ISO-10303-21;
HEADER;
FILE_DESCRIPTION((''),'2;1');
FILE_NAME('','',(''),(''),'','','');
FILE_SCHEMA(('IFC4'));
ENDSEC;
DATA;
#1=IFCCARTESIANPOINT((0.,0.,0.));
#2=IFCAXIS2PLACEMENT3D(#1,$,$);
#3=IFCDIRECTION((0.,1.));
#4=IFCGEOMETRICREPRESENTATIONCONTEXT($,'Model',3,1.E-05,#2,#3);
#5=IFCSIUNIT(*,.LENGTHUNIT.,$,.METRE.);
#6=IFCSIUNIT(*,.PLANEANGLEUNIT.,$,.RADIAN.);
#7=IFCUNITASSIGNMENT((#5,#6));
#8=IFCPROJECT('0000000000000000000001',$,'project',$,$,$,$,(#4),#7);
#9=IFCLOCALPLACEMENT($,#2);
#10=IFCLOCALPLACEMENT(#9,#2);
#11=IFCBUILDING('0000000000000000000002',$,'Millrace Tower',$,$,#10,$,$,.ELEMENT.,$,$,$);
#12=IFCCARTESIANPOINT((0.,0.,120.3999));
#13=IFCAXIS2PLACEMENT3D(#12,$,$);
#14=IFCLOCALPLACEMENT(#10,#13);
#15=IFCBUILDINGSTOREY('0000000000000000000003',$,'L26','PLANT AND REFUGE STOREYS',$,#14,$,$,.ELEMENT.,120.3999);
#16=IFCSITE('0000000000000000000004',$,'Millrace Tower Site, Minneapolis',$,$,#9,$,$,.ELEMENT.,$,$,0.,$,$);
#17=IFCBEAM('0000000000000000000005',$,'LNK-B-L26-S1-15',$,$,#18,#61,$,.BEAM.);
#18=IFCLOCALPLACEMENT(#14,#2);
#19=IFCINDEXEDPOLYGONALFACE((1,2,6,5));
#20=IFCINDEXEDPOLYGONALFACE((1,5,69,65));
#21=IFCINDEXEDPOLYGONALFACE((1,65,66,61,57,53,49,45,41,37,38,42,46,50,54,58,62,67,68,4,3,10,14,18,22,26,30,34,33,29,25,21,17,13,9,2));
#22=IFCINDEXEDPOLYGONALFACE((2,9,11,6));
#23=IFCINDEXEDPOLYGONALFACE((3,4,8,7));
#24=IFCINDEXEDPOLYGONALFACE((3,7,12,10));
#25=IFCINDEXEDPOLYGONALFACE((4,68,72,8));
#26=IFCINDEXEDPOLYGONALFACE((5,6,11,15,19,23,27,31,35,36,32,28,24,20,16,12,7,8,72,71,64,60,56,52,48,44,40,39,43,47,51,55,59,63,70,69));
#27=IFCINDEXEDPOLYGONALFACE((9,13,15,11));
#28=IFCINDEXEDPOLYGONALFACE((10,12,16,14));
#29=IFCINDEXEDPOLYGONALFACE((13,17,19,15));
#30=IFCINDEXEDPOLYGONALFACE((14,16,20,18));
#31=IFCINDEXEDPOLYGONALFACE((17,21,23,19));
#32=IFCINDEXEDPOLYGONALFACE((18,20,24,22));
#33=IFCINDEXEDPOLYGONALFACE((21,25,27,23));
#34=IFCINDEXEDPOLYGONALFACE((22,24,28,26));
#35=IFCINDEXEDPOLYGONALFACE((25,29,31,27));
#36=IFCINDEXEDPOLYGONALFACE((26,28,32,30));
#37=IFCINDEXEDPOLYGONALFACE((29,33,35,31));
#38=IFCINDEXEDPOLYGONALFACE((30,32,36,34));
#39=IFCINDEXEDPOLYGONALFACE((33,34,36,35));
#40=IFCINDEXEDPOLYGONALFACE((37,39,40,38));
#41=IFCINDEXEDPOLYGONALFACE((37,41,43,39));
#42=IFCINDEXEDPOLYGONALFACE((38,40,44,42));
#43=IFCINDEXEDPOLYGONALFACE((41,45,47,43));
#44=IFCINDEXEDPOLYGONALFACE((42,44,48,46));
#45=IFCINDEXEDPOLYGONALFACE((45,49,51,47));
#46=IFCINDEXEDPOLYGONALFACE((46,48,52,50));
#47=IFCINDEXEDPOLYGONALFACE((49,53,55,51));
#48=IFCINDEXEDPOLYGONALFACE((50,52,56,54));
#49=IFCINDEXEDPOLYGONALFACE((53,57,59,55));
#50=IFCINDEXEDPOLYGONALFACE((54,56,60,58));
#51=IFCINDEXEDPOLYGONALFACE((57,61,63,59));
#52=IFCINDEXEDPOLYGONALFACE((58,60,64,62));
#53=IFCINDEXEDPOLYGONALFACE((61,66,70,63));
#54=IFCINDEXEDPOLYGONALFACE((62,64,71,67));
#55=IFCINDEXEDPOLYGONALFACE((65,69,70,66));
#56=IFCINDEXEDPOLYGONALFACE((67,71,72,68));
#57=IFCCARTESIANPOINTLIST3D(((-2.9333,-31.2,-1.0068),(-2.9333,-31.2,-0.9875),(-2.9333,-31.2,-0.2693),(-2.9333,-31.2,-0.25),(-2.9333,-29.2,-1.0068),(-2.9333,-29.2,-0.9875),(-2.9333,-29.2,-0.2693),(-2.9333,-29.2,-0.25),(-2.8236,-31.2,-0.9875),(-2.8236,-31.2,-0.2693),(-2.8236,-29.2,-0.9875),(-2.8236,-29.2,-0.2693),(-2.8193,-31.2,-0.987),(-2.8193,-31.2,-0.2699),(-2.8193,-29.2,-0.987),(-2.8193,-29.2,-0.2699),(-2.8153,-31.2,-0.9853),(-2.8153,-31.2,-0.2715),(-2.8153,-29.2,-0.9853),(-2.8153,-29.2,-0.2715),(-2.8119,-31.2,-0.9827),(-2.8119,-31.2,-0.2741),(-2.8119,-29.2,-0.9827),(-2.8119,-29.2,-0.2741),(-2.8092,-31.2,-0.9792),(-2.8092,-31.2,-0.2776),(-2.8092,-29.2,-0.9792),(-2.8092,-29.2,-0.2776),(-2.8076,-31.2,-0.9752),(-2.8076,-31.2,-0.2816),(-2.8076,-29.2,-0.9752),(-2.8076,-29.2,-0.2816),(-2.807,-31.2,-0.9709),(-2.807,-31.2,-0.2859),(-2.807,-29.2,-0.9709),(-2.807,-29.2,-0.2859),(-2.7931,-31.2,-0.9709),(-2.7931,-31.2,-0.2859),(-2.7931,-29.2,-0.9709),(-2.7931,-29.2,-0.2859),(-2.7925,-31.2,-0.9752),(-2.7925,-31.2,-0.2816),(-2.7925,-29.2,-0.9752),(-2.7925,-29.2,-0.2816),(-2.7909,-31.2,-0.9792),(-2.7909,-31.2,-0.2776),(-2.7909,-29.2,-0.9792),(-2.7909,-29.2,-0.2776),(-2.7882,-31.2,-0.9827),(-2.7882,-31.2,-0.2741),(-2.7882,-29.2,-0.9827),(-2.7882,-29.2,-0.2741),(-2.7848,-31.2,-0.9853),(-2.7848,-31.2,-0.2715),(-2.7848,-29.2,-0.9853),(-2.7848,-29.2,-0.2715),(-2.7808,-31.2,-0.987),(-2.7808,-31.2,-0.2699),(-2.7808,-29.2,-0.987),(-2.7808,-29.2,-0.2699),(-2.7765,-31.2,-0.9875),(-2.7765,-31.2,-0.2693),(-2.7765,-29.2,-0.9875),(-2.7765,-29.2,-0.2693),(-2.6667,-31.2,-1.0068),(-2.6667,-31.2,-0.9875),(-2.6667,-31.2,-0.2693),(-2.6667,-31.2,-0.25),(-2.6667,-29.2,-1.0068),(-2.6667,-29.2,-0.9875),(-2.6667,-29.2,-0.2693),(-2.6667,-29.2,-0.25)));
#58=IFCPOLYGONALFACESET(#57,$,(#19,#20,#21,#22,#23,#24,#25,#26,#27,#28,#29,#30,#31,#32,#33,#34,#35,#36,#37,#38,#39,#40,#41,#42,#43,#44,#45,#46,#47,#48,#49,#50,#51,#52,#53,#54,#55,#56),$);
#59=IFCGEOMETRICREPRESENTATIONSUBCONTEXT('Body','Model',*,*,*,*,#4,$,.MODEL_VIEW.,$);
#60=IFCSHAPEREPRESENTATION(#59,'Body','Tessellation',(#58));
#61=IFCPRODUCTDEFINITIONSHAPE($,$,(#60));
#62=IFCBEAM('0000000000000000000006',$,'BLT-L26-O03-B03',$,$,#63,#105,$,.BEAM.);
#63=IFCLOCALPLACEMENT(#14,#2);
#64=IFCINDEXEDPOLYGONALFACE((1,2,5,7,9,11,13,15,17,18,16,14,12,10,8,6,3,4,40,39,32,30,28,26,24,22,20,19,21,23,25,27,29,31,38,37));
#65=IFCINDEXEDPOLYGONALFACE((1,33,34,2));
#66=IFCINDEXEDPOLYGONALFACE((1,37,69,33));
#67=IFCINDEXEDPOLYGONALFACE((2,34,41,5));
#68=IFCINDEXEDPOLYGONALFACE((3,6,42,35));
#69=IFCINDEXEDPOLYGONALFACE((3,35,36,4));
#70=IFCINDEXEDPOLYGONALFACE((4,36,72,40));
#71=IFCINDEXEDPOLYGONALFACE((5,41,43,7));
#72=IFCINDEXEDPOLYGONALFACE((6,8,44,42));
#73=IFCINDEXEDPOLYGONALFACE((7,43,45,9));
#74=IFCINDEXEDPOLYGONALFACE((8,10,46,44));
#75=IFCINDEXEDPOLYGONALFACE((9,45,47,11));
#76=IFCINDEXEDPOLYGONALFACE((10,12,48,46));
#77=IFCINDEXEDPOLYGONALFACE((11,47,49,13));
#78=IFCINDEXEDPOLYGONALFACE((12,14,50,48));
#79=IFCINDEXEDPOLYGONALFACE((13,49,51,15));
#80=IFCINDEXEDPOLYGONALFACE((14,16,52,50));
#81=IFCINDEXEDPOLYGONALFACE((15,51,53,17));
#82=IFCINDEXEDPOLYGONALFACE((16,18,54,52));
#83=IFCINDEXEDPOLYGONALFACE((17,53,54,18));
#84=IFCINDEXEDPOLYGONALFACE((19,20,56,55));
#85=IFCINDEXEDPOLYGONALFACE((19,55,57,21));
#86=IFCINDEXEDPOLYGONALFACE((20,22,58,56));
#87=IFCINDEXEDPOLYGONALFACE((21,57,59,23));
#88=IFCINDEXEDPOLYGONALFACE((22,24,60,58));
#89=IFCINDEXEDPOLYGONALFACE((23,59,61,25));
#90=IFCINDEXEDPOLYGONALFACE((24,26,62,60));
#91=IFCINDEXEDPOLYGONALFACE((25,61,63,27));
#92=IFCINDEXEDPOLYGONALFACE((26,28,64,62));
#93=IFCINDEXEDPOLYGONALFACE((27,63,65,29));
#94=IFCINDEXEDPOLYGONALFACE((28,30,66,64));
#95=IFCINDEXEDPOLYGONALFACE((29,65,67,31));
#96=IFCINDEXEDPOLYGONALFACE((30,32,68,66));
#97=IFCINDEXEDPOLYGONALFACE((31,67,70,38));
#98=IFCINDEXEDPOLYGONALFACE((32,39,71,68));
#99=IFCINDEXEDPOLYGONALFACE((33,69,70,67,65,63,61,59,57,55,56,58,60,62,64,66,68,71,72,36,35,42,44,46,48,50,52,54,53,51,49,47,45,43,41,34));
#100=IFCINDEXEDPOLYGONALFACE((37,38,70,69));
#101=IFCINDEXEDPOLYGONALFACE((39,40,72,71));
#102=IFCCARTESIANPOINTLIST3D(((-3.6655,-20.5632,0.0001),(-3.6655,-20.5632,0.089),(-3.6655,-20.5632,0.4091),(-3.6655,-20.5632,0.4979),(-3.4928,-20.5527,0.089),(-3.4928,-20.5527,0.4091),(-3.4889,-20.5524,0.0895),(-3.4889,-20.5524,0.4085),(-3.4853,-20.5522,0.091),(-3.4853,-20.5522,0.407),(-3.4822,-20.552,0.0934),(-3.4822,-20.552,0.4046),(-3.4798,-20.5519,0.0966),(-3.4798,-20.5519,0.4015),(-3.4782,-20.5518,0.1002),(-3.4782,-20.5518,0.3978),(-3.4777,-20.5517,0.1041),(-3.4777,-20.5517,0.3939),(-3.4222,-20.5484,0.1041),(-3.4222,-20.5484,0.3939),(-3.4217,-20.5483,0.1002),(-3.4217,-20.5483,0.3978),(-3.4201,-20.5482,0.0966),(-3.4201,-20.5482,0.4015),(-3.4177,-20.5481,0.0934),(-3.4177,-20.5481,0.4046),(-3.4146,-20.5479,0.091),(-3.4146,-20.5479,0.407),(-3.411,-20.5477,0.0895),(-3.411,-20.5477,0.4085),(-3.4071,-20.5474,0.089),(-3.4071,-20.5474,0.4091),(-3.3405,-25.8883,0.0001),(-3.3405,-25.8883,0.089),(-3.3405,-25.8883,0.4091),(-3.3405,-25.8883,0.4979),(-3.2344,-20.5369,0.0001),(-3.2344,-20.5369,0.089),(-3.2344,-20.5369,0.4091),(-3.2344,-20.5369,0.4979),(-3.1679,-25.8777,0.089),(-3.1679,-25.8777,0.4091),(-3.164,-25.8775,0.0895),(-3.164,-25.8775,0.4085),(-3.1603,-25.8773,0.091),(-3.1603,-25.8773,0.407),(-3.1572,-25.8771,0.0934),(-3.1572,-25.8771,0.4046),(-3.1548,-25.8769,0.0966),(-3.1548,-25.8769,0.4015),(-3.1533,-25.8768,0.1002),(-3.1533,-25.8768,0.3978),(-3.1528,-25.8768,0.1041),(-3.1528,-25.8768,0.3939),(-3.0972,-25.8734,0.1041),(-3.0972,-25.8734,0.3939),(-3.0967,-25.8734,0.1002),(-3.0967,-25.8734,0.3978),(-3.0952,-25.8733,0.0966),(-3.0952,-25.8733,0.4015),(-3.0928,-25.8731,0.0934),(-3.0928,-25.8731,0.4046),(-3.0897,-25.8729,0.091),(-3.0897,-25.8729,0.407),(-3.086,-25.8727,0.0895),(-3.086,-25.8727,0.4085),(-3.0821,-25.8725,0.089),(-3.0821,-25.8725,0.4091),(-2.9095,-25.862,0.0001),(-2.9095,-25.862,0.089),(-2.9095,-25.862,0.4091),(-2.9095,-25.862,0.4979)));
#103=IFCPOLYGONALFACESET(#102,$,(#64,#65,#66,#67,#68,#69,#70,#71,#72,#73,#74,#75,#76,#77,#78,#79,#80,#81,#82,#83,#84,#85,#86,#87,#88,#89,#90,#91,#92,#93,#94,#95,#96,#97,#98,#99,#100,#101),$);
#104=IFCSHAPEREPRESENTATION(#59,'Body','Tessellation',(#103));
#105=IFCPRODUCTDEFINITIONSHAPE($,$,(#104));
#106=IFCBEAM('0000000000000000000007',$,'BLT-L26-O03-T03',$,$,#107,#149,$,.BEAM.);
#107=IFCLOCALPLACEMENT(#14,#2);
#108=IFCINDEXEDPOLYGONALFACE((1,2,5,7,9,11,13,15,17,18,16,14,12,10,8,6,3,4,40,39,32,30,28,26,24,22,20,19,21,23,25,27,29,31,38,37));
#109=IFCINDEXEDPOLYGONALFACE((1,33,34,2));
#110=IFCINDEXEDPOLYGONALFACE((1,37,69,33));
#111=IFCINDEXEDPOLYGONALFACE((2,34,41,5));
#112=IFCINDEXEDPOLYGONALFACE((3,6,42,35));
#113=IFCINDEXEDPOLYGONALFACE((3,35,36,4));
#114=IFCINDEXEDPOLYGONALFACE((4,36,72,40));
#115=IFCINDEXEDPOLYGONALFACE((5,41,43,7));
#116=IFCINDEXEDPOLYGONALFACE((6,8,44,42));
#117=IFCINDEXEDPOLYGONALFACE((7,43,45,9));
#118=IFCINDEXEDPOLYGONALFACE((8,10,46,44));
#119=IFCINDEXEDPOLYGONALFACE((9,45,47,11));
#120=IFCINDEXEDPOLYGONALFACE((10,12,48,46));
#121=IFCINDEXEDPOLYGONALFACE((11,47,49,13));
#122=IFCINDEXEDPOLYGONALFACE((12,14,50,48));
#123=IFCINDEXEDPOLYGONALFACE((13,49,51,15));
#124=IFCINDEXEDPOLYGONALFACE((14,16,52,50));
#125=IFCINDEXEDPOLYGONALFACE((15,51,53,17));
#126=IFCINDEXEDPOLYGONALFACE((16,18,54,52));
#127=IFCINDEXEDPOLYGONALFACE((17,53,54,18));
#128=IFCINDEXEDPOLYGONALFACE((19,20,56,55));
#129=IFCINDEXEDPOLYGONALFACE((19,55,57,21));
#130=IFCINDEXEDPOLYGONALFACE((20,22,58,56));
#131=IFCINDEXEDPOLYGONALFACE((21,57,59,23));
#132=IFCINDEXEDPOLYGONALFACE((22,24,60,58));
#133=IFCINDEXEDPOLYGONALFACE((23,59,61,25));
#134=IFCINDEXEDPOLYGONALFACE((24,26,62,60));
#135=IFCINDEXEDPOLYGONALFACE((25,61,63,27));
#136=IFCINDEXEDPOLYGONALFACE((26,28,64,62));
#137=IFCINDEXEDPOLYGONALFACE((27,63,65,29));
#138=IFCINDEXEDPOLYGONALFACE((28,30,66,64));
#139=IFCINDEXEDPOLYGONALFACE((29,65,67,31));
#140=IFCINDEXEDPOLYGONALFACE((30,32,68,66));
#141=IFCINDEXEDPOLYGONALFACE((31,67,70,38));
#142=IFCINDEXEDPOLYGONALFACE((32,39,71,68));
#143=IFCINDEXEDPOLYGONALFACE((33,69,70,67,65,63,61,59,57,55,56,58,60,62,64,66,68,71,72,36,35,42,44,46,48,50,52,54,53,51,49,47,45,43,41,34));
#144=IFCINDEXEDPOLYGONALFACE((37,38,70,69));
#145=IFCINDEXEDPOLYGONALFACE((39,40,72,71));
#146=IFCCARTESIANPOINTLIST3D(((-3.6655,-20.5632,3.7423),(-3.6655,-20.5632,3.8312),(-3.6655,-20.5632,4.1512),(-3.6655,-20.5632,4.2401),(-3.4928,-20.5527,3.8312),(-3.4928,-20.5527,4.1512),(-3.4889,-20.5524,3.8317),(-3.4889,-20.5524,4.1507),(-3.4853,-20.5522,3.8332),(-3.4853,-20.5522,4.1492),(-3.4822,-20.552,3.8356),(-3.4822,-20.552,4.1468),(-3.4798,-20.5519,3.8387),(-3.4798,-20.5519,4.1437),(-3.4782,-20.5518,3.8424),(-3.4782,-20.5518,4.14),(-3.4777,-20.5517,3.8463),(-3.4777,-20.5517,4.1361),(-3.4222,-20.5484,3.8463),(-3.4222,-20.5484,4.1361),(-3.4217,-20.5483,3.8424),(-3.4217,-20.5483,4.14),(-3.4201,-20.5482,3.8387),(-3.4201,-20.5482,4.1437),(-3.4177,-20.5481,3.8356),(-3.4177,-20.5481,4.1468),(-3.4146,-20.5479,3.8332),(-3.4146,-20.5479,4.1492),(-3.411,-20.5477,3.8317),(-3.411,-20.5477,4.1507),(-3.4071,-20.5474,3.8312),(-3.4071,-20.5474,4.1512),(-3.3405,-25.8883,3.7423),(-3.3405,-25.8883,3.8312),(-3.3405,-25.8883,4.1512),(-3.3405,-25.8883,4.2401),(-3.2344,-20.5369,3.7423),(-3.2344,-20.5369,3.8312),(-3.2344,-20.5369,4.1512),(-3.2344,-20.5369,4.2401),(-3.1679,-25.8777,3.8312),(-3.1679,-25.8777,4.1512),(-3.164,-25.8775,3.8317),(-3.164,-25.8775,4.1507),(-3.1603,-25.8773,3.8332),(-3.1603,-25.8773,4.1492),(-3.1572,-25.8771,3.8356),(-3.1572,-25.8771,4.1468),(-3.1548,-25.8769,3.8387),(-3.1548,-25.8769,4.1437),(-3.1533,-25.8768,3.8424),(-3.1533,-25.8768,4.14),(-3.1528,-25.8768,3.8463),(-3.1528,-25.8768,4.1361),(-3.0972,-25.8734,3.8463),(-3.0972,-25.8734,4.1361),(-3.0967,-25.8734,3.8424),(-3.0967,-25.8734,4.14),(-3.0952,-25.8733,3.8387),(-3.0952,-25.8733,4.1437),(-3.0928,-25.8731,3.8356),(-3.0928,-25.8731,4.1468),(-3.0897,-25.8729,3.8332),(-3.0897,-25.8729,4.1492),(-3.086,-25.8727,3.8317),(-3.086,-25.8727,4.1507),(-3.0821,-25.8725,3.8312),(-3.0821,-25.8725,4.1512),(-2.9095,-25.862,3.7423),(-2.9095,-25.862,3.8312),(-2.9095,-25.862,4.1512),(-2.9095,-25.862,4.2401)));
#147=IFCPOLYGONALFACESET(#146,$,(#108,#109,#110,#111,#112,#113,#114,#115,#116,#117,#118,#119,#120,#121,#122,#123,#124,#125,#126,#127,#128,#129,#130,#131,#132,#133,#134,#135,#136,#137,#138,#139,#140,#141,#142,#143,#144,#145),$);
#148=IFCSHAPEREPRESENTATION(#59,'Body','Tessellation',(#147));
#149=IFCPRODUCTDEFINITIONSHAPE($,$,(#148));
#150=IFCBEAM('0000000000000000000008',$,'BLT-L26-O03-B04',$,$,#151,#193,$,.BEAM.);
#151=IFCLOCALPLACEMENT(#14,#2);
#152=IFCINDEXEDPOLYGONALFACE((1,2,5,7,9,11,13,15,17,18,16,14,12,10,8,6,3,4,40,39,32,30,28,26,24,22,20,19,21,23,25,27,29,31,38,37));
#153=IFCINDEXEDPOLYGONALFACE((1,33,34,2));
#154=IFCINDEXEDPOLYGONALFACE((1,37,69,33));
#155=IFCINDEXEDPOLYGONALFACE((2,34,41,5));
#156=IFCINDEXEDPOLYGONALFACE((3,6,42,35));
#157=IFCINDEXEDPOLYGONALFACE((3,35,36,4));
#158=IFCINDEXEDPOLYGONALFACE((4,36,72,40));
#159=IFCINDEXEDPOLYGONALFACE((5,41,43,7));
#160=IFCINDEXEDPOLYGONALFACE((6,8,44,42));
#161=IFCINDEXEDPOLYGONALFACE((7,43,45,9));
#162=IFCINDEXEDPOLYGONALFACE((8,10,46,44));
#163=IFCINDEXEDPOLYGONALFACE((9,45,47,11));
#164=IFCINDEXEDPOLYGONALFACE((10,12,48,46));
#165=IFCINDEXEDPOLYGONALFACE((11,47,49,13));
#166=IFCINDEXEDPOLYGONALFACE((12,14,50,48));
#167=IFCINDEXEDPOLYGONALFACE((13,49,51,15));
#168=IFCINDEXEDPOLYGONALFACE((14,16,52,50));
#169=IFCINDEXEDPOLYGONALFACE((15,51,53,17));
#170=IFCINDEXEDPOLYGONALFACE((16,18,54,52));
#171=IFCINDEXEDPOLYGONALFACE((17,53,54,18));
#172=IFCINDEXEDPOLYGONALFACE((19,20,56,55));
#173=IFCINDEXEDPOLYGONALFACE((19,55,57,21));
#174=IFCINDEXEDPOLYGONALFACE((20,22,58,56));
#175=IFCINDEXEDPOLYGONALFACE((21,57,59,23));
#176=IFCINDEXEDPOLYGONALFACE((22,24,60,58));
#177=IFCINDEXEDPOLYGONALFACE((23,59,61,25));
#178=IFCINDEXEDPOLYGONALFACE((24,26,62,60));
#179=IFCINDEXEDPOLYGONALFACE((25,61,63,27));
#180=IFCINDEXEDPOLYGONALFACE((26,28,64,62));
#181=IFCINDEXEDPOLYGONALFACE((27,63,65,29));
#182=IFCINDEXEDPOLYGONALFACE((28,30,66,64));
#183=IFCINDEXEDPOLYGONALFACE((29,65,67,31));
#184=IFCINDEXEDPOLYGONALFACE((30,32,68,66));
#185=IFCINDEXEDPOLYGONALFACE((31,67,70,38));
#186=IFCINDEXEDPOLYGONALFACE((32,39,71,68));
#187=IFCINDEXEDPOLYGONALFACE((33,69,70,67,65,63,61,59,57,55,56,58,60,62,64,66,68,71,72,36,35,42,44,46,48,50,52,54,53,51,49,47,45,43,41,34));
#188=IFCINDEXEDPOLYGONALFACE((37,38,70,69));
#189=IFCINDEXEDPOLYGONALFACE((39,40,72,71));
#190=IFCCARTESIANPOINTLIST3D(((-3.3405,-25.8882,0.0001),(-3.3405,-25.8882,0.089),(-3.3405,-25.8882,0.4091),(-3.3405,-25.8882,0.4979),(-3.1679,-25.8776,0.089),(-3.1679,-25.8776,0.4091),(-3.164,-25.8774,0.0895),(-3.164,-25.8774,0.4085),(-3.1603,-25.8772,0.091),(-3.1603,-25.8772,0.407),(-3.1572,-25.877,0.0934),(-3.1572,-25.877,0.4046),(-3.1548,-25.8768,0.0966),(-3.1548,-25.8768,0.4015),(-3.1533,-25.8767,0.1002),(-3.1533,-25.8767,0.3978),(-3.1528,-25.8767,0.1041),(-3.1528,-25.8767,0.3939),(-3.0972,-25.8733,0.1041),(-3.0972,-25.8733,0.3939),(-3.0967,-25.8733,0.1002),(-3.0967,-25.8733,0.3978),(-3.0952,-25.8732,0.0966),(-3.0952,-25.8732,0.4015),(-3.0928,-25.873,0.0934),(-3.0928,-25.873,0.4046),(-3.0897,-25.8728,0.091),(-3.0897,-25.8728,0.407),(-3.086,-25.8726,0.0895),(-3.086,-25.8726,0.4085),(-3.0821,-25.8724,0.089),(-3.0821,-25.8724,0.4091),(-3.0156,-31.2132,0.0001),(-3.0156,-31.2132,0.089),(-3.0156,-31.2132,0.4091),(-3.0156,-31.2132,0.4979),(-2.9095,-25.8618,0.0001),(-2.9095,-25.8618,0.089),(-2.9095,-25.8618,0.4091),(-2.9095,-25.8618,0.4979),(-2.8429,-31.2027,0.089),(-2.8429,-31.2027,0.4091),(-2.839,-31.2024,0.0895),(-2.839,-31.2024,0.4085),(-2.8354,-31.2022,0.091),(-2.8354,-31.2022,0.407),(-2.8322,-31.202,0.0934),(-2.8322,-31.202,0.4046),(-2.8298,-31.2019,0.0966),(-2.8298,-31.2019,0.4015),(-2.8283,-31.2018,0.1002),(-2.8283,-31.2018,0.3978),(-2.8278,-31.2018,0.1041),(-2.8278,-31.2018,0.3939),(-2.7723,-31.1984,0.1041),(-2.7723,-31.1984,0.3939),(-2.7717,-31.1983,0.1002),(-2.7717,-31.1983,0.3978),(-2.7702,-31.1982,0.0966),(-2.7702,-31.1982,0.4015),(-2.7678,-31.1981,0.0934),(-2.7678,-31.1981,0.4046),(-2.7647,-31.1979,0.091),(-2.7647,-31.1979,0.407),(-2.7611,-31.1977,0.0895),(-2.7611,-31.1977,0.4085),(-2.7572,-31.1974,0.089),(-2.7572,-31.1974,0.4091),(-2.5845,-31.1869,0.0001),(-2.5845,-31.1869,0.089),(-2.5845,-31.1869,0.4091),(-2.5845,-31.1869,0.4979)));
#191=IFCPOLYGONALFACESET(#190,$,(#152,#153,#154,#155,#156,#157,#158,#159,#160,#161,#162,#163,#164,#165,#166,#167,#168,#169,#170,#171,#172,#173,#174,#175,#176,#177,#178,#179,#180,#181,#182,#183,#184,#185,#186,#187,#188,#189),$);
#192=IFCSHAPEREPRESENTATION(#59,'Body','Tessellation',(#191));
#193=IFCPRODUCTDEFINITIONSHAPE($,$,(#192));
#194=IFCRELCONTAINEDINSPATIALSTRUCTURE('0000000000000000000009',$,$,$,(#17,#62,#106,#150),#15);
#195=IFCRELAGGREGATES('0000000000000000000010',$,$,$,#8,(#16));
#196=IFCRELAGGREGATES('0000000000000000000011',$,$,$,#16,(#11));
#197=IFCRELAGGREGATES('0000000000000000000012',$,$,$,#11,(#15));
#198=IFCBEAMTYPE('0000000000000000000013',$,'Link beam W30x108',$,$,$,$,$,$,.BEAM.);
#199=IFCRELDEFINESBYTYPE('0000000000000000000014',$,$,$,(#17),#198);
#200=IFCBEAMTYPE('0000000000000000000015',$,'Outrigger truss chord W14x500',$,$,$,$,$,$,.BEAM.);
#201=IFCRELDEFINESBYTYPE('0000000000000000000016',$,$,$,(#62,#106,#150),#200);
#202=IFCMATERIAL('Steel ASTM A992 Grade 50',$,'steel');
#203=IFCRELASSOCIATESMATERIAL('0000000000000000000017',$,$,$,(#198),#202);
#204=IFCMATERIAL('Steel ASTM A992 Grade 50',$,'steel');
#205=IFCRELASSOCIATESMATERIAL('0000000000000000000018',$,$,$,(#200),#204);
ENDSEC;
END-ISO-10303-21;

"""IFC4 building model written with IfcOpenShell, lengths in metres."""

from ifc_helpers import new_model, si_unit, direction, frame, origin, origin_2d, place, context, subcontext, project, spatial, i_section, extrude, material, material_profile, profile_set, type_object, element, save


model = new_model("IFC4")

# Units and contexts
model_context = context("Model", 3, precision=1e-05, world=origin(), true_north=direction((0.0, 1.0)))
body_context = subcontext(model_context, "Body", "Model", "MODEL_VIEW")
ifc_project = project(units=[si_unit("LENGTHUNIT", "METRE"), si_unit("PLANEANGLEUNIT", "RADIAN")], contexts=[model_context])

# Site, building, storey
site_placement = place(None, origin())
site = spatial("IfcSite", under=ifc_project, at=site_placement, Name="Millrace Tower Site, Minneapolis", CompositionType="ELEMENT", RefElevation=0.0)
building_placement = place(site_placement, origin())
building = spatial("IfcBuilding", under=site, at=building_placement, Name="Millrace Tower", CompositionType="ELEMENT")
storey_placement = place(building_placement, frame((0.0, 0.0, 120.3999)))
storey = spatial("IfcBuildingStorey", under=building, at=storey_placement, Name="L26", Description="PLANT AND REFUGE STOREYS", CompositionType="ELEMENT", Elevation=120.3999)

# Beams
ifc_material_1 = material(Name="Steel ASTM A992 Grade 50", Category="steel")
ifc_material_profile_1 = material_profile(ifc_material_1, i_section(OverallWidth=0.2666, OverallDepth=0.7568, WebThickness=0.0139, FlangeThickness=0.0193, FilletRadius=0.0166, at=origin_2d()))
ifc_profile_set_1 = profile_set([ifc_material_profile_1], Name="Steel ASTM A992 Grade 50")
beam_type_1 = type_object("IfcBeamType", Name="Link beam W30x108", PredefinedType="BEAM", material=ifc_profile_set_1)
beam_1_placement = place(storey_placement, frame((-2.8, -29.2, -0.6284), z_axis=(0.0, -1.0, 0.0), x_axis=(1.0, 0.0, 0.0)))
element("IfcBeam", 1, at=beam_1_placement, inside=storey, type_object=beam_type_1, Name="LNK-B-L26-S1-15", PredefinedType="BEAM", context=body_context, shape_type="SweptSolid", body=[
    extrude(i_section(OverallWidth=0.2666, OverallDepth=0.7568, WebThickness=0.0139, FlangeThickness=0.0193, FilletRadius=0.0166, at=origin_2d()), origin(), (0.0, 0.0, 1.0), 2.0),
])
ifc_material_2 = material(Name="Steel ASTM A992 Grade 50", Category="steel")
ifc_material_profile_2 = material_profile(ifc_material_2, i_section(OverallWidth=0.4319, OverallDepth=0.4978, WebThickness=0.0557, FlangeThickness=0.0889, FilletRadius=0.0151, at=origin_2d()))
ifc_profile_set_2 = profile_set([ifc_material_profile_2], Name="Steel ASTM A992 Grade 50")
beam_type_2 = type_object("IfcBeamType", Name="Outrigger truss chord W14x500", PredefinedType="BEAM", material=ifc_profile_set_2)
for number, where, z_axis, x_axis, name in (
    (2, (-3.45, -20.55, 0.249), (0.060911, -0.998143, 0.0), (0.998143, 0.060911, 0.0), "BLT-L26-O03-B03"),
    (3, (-3.45, -20.55, 3.9912), (0.060911, -0.998143, 0.0), (0.998143, 0.060911, 0.0), "BLT-L26-O03-T03"),
    (4, (-3.125, -25.875, 0.249), (0.060911, -0.998143, 0.0), (0.998143, 0.060911, 0.0), "BLT-L26-O03-B04"),
):
    element("IfcBeam", number, at=place(storey_placement, frame(where, z_axis=z_axis, x_axis=x_axis)), inside=storey, type_object=beam_type_2, Name=name, PredefinedType="BEAM", context=body_context, shape_type="SweptSolid", body=[
        extrude(i_section(OverallWidth=0.4319, OverallDepth=0.4978, WebThickness=0.0557, FlangeThickness=0.0889, FilletRadius=0.0151, at=origin_2d()), origin(), (0.0, 0.0, 1.0), 5.335),
    ])

save(model, "model.ifc")
